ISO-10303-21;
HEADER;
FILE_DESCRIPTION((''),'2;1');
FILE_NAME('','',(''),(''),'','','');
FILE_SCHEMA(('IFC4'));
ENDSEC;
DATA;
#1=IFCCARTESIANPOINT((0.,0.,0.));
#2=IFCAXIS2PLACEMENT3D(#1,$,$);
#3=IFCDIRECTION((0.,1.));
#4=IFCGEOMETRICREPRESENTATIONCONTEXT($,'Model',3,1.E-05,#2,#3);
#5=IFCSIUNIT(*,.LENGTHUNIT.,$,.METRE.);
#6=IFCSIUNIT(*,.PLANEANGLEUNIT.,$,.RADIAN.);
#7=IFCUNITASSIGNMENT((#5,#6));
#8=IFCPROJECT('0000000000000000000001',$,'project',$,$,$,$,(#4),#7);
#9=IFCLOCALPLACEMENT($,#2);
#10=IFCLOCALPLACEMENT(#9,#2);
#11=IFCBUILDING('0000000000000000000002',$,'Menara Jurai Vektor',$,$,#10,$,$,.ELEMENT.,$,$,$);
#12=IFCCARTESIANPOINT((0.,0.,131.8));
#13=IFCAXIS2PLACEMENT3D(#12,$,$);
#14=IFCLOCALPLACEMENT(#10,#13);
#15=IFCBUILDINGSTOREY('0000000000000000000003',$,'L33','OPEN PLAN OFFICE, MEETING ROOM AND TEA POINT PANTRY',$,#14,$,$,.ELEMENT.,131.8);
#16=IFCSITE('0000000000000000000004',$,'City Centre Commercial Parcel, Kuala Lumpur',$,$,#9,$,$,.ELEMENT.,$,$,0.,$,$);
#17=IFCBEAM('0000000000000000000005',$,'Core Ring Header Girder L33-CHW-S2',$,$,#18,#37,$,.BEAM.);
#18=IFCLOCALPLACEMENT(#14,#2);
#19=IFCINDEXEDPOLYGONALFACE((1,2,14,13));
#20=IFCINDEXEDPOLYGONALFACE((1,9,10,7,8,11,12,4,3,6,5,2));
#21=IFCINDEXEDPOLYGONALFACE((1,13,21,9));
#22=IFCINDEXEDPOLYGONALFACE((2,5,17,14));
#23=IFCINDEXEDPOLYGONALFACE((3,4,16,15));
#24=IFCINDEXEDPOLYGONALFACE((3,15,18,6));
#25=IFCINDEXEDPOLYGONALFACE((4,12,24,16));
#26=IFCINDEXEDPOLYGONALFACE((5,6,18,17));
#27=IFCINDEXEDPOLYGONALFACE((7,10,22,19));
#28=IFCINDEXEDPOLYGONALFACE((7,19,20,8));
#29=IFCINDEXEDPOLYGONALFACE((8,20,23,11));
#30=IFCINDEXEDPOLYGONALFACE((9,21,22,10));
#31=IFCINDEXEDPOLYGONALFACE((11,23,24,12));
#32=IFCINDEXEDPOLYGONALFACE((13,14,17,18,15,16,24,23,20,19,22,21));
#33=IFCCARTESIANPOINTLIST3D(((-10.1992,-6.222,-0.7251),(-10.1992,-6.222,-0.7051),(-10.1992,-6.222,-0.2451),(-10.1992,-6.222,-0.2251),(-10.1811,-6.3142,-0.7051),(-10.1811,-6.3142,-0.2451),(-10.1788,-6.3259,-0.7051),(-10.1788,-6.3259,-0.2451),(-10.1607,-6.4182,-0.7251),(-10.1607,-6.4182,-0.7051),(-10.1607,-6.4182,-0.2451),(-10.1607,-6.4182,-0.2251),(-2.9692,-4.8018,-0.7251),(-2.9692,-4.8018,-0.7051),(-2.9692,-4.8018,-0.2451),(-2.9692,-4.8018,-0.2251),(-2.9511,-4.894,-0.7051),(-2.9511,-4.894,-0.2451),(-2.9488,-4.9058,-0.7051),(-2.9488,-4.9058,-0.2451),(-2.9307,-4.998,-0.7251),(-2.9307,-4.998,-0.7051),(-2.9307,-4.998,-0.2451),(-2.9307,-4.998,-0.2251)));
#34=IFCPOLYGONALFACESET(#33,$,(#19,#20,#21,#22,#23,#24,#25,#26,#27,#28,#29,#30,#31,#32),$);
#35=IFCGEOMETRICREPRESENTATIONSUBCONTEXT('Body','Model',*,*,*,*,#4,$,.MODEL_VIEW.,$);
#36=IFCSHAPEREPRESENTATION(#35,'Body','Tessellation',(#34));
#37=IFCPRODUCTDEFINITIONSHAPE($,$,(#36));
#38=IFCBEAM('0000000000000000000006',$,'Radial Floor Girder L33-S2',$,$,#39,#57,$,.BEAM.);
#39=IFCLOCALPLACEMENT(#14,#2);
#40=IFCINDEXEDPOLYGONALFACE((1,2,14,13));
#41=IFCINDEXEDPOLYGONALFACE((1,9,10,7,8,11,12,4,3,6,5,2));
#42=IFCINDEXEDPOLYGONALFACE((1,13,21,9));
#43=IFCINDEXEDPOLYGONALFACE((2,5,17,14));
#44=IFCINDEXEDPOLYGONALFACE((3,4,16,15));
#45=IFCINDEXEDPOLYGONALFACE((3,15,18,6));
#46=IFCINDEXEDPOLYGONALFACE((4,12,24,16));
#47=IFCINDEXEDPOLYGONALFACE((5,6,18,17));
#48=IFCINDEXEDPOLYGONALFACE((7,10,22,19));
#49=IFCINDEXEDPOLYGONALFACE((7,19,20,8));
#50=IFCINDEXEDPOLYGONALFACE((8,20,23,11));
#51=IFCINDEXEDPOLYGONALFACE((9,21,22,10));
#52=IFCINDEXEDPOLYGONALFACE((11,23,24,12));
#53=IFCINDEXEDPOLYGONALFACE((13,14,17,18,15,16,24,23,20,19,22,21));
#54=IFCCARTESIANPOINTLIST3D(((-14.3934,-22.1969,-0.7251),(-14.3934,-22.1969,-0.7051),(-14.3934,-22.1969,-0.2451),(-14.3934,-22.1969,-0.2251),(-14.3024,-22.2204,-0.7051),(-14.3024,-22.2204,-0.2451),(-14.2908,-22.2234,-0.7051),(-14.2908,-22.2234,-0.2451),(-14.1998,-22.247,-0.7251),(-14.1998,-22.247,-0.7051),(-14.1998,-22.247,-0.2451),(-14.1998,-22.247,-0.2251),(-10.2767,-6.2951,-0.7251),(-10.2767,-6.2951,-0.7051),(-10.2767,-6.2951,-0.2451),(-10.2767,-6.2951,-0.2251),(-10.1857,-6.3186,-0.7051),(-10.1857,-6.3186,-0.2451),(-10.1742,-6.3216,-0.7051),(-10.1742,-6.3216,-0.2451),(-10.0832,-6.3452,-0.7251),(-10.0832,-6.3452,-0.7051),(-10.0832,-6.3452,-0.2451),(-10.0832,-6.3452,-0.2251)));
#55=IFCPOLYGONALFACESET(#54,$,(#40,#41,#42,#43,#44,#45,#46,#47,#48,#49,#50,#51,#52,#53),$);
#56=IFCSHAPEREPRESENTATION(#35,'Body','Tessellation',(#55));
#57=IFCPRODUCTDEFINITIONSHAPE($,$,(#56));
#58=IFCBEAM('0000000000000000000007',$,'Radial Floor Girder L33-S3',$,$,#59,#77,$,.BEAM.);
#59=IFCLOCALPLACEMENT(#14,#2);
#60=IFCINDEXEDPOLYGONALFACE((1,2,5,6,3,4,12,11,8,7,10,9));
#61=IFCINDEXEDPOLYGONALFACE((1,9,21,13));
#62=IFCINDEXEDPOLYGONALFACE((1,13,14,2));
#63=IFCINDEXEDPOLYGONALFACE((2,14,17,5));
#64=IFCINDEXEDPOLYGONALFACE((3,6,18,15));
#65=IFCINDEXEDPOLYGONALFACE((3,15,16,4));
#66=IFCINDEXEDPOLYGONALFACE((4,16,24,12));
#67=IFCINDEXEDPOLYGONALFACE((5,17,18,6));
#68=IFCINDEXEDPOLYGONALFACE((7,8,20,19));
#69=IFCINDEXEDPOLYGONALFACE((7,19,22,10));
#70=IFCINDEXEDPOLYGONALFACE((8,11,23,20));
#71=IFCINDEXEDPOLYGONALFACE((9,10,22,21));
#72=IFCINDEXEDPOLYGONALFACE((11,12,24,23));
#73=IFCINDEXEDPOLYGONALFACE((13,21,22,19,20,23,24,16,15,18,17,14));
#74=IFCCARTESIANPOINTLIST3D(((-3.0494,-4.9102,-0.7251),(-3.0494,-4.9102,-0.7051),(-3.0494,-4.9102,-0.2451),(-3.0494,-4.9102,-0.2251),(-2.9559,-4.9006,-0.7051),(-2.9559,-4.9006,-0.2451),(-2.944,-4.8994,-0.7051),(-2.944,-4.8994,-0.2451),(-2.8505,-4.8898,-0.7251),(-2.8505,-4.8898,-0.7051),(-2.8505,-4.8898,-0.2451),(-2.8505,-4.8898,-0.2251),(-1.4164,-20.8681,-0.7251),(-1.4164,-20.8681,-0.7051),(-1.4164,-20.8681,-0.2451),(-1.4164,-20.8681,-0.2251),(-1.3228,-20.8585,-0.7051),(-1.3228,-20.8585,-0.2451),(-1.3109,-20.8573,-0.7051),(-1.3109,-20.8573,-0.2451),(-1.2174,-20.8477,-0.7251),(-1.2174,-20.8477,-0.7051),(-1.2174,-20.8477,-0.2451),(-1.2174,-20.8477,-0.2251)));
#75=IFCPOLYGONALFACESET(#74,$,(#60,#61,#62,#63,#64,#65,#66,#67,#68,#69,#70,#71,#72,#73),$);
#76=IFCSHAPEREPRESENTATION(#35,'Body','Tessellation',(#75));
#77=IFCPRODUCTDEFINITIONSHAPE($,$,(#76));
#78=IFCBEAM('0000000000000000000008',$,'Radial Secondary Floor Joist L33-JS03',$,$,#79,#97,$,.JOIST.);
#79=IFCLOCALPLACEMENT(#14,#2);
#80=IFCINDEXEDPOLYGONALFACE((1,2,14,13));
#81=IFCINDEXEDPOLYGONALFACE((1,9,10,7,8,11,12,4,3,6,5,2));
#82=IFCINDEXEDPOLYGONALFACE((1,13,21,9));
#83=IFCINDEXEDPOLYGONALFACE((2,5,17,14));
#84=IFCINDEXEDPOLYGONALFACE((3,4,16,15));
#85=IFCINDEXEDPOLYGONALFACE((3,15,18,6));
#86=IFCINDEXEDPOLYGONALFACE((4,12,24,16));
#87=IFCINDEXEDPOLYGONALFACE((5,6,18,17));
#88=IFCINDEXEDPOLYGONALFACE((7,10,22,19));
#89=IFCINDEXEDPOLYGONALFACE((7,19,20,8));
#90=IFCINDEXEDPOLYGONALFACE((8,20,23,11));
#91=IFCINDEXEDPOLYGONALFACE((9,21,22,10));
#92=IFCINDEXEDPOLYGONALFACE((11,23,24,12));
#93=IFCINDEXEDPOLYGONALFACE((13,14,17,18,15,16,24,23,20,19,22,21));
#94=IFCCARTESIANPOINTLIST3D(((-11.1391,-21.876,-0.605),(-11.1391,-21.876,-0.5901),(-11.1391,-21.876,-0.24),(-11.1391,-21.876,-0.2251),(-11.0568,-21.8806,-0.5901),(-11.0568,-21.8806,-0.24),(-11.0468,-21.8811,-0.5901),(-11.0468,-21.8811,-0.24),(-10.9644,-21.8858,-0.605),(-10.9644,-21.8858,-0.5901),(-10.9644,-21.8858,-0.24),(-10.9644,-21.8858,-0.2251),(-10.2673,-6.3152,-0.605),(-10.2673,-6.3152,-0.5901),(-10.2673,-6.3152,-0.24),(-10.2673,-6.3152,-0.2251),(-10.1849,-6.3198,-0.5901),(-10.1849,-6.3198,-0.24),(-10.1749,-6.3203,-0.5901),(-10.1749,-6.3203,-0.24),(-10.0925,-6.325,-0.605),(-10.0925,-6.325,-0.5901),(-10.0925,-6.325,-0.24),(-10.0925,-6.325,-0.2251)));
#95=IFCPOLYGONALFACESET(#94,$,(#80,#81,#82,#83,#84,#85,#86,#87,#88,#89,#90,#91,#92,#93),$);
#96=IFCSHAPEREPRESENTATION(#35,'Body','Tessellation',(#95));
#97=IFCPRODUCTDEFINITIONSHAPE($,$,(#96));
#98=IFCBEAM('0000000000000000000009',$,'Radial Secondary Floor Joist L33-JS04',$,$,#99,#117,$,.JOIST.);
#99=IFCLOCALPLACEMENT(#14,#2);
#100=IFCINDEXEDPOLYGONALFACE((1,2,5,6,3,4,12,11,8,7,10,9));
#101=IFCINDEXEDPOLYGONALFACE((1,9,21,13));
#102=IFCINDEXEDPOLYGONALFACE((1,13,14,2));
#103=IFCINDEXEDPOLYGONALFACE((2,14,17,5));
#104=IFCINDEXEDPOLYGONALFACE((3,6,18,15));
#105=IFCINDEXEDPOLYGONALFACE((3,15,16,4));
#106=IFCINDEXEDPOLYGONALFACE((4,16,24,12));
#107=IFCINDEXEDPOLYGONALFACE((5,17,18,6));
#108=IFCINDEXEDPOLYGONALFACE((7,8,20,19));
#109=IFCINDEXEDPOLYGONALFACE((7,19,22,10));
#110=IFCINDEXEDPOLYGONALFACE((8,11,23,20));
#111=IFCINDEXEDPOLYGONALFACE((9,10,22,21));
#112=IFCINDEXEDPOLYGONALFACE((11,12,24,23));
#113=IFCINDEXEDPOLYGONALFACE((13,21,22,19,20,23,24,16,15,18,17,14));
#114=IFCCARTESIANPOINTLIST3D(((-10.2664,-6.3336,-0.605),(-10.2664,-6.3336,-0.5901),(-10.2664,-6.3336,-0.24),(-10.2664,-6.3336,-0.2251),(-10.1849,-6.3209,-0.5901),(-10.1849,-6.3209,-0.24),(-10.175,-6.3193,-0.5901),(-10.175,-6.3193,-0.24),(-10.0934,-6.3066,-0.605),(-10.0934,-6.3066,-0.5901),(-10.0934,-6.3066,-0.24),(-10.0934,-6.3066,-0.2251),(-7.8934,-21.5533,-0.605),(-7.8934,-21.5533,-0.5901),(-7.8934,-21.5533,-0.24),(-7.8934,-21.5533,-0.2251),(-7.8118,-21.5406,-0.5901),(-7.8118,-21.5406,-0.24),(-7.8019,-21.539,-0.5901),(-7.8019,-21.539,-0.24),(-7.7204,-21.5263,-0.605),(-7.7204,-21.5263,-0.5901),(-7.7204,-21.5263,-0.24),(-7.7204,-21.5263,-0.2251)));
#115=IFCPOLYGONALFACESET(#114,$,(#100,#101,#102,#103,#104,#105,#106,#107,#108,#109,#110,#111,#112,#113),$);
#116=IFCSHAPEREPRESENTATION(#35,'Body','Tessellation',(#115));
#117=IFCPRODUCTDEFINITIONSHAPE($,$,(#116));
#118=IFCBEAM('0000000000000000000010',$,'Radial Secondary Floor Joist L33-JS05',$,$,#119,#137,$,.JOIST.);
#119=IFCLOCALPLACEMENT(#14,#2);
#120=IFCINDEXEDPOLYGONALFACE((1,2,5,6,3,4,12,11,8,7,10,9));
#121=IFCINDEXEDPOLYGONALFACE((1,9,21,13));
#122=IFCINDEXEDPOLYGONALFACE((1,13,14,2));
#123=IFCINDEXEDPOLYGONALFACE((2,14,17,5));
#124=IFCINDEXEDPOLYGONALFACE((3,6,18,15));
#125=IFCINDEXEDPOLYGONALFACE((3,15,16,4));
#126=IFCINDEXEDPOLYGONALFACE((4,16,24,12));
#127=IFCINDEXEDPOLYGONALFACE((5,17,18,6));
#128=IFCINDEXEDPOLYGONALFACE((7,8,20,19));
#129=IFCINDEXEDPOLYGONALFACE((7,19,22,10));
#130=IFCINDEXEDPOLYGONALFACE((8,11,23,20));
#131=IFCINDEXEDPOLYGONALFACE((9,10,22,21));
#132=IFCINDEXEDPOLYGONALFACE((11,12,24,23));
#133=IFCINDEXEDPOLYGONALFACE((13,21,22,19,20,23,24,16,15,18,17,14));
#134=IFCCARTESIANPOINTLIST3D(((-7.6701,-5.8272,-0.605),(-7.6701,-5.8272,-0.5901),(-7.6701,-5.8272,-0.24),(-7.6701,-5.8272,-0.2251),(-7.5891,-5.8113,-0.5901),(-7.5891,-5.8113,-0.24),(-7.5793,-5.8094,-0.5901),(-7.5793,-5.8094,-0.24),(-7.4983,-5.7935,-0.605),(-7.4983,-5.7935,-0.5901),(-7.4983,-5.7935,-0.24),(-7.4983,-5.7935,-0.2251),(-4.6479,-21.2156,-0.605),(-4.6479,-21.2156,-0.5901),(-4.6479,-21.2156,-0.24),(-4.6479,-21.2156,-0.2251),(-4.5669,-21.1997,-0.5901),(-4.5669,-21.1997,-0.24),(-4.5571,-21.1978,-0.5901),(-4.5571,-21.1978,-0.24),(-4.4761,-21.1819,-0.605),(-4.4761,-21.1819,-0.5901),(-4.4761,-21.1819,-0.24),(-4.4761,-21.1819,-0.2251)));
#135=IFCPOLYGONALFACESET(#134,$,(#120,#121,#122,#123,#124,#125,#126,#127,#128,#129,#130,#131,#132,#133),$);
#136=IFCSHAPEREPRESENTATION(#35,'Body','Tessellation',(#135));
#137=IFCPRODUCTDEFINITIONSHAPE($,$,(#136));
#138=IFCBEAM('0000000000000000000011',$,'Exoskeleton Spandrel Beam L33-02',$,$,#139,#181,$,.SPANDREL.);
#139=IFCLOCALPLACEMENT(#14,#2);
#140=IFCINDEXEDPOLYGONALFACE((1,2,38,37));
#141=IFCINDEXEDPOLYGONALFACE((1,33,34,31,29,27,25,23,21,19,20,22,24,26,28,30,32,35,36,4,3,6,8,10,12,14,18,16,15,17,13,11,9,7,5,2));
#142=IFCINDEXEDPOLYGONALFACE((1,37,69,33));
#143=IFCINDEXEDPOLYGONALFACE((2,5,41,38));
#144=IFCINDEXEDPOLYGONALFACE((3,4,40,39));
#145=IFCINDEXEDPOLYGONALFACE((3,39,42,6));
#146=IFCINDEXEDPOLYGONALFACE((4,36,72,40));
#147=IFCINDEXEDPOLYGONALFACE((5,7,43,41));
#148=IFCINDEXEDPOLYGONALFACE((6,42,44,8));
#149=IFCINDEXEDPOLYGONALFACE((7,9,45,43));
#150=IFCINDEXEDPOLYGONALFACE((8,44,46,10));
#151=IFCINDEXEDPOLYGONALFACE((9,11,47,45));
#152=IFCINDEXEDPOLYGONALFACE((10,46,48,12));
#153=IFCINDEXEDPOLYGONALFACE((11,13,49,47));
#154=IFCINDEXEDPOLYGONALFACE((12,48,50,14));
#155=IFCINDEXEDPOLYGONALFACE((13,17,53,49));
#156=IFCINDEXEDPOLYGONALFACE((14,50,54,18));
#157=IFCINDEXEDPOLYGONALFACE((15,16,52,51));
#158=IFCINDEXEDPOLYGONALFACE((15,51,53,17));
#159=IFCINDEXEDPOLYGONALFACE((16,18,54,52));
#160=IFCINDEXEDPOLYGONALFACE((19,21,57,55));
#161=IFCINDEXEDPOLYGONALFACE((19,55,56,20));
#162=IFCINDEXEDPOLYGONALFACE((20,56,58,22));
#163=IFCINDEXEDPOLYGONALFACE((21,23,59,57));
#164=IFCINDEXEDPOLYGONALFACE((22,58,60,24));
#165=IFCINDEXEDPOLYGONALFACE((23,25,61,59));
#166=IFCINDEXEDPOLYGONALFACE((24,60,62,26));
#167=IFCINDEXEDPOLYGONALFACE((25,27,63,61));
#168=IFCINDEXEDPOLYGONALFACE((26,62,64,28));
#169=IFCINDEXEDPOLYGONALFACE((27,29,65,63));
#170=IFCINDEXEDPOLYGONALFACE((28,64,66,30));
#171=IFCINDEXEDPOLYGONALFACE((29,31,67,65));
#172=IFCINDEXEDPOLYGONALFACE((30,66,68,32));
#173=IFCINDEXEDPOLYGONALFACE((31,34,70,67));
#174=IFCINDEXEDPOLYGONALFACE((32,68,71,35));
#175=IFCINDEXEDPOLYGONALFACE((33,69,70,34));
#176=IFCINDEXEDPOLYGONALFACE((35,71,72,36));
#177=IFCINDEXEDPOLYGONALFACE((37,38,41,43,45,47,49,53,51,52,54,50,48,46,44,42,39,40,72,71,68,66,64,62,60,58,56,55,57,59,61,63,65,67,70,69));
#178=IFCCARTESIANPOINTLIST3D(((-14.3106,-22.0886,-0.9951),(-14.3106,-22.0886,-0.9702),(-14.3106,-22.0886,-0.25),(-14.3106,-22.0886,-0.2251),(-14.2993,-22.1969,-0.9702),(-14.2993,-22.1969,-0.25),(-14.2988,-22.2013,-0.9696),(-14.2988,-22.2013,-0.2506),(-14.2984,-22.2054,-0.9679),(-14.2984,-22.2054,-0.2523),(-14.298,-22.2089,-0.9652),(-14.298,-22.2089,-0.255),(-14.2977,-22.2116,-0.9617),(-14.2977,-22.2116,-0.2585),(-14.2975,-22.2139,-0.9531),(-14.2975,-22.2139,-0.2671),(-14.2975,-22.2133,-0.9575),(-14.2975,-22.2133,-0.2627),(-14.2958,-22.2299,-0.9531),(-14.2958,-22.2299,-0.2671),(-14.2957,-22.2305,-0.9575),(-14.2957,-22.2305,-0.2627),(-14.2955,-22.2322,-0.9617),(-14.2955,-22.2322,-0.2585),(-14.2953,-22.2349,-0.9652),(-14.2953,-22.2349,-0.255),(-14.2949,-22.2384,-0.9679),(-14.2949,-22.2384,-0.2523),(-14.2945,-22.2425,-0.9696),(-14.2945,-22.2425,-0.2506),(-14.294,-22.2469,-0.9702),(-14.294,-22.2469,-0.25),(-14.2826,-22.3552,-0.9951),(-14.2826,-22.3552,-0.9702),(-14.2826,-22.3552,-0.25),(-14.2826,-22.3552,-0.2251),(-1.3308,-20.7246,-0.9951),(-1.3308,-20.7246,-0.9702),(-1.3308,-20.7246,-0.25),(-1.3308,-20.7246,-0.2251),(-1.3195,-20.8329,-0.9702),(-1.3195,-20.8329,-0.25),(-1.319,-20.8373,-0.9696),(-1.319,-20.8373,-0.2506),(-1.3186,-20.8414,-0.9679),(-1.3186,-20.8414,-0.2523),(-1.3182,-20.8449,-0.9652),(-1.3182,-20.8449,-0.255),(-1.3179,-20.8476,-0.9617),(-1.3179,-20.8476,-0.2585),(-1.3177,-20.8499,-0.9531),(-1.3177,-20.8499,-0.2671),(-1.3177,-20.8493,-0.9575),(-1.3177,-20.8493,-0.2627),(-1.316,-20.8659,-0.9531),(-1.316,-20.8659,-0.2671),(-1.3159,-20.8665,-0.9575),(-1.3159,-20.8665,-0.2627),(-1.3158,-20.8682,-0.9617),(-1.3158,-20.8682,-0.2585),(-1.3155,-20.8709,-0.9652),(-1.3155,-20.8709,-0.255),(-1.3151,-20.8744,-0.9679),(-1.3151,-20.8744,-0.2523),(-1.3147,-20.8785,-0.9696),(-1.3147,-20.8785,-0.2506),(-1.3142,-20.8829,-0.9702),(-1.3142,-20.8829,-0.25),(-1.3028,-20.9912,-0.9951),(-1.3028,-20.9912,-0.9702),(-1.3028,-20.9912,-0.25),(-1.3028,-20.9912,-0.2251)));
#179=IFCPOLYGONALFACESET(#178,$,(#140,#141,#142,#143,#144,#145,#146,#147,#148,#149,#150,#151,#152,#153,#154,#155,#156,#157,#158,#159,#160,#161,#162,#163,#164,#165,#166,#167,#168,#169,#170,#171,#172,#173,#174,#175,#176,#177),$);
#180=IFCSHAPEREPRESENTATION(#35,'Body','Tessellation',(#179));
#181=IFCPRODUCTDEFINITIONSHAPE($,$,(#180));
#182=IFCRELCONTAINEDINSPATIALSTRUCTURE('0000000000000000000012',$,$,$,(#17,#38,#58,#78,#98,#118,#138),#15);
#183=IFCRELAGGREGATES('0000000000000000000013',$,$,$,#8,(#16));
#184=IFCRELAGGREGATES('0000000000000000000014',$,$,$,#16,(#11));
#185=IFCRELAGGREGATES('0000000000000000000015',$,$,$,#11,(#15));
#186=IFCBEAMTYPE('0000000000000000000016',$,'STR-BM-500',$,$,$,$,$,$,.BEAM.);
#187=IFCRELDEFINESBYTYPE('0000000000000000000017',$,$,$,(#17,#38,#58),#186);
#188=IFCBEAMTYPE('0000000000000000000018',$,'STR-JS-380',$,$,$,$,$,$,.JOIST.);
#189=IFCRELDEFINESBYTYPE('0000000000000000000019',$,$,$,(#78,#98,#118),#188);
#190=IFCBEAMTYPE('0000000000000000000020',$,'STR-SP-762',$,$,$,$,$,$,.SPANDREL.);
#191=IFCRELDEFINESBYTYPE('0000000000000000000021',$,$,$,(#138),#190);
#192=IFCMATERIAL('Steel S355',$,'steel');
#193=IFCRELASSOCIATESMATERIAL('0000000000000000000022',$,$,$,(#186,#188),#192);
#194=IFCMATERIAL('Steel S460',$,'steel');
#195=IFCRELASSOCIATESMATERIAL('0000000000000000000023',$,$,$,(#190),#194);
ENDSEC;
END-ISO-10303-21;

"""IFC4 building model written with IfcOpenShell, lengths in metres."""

from ifc_helpers import new_model, si_unit, direction, frame, origin, origin_2d, place, context, subcontext, project, spatial, i_section, extrude, material, material_profile, profile_set, type_object, element, save


model = new_model("IFC4")

# Units and contexts
model_context = context("Model", 3, precision=1e-05, world=origin(), true_north=direction((0.0, 1.0)))
body_context = subcontext(model_context, "Body", "Model", "MODEL_VIEW")
ifc_project = project(units=[si_unit("LENGTHUNIT", "METRE"), si_unit("PLANEANGLEUNIT", "RADIAN")], contexts=[model_context])

# Site, building, storey
site_placement = place(None, origin())
site = spatial("IfcSite", under=ifc_project, at=site_placement, Name="City Centre Commercial Parcel, Kuala Lumpur", CompositionType="ELEMENT", RefElevation=0.0)
building_placement = place(site_placement, origin())
building = spatial("IfcBuilding", under=site, at=building_placement, Name="Menara Jurai Vektor", CompositionType="ELEMENT")
storey_placement = place(building_placement, frame((0.0, 0.0, 131.8)))
storey = spatial("IfcBuildingStorey", under=building, at=storey_placement, Name="L33", Description="OPEN PLAN OFFICE, MEETING ROOM AND TEA POINT PANTRY", CompositionType="ELEMENT", Elevation=131.8)

# Shared definitions
ifc_material_1 = material(Name="Steel S460", Category="steel")

# Beams
ifc_material_2 = material(Name="Steel S355", Category="steel")
ifc_material_profile_1 = material_profile(ifc_material_2, i_section(OverallWidth=0.2, OverallDepth=0.5, WebThickness=0.012, FlangeThickness=0.02, at=origin_2d()), Name="PG 500x200x96")
ifc_profile_set_1 = profile_set([ifc_material_profile_1], Name="Steel S355")
beam_type_1 = type_object("IfcBeamType", Name="STR-BM-500", PredefinedType="BEAM", material=ifc_profile_set_1)
beam_1_placement = place(storey_placement, frame((-10.1799, -6.3201, -0.4751), z_axis=(0.981249, 0.192744, 0.0), x_axis=(-0.192744, 0.981249, 0.0)))
element("IfcBeam", 1, at=beam_1_placement, inside=storey, type_object=beam_type_1, Name="Core Ring Header Girder L33-CHW-S2", PredefinedType="BEAM", context=body_context, shape_type="SweptSolid", body=[
    extrude(i_section(OverallWidth=0.2, OverallDepth=0.5, WebThickness=0.012, FlangeThickness=0.02, at=origin_2d()), origin(), (0.0, 0.0, 1.0), 7.3682),
])
beam_2_placement = place(storey_placement, frame((-14.2966, -22.2219, -0.4751), z_axis=(0.25062, 0.968086, 0.0), x_axis=(-0.968086, 0.25062, 0.0)))
element("IfcBeam", 2, at=beam_2_placement, inside=storey, type_object=beam_type_1, Name="Radial Floor Girder L33-S2", PredefinedType="BEAM", context=body_context, shape_type="SweptSolid", body=[
    extrude(i_section(OverallWidth=0.2, OverallDepth=0.5, WebThickness=0.012, FlangeThickness=0.02, at=origin_2d()), origin(), (0.0, 0.0, 1.0), 16.426),
])
beam_3_placement = place(storey_placement, frame((-1.3169, -20.8579, -0.4751), z_axis=(-0.101803, 0.994805, 0.0), x_axis=(-0.994805, -0.101803, 0.0)))
element("IfcBeam", 3, at=beam_3_placement, inside=storey, type_object=beam_type_1, Name="Radial Floor Girder L33-S3", PredefinedType="BEAM", context=body_context, shape_type="SweptSolid", body=[
    extrude(i_section(OverallWidth=0.2, OverallDepth=0.5, WebThickness=0.012, FlangeThickness=0.02, at=origin_2d()), origin(), (0.0, 0.0, 1.0), 16.0413),
])
ifc_material_profile_2 = material_profile(ifc_material_2, i_section(OverallWidth=0.175, OverallDepth=0.3799, WebThickness=0.01, FlangeThickness=0.0149, at=origin_2d()), Name="PG 380x175x58")
ifc_profile_set_2 = profile_set([ifc_material_profile_2], Name="Steel S355")
beam_type_2 = type_object("IfcBeamType", Name="STR-JS-380", PredefinedType="JOIST", material=ifc_profile_set_2)
beam_4_placement = place(storey_placement, frame((-11.0518, -21.8809, -0.415), z_axis=(0.055939, 0.998434, 0.0), x_axis=(-0.998434, 0.055939, 0.0)))
element("IfcBeam", 4, at=beam_4_placement, inside=storey, type_object=beam_type_2, Name="Radial Secondary Floor Joist L33-JS03", PredefinedType="JOIST", context=body_context, shape_type="SweptSolid", body=[
    extrude(i_section(OverallWidth=0.175, OverallDepth=0.3799, WebThickness=0.01, FlangeThickness=0.0149, at=origin_2d()), origin(), (0.0, 0.0, 1.0), 15.5852),
])
beam_5_placement = place(storey_placement, frame((-7.8069, -21.5398, -0.415), z_axis=(-0.154058, 0.988062, 0.0), x_axis=(-0.988062, -0.154058, 0.0)))
element("IfcBeam", 5, at=beam_5_placement, inside=storey, type_object=beam_type_2, Name="Radial Secondary Floor Joist L33-JS04", PredefinedType="JOIST", context=body_context, shape_type="SweptSolid", body=[
    extrude(i_section(OverallWidth=0.175, OverallDepth=0.3799, WebThickness=0.01, FlangeThickness=0.0149, at=origin_2d()), origin(), (0.0, 0.0, 1.0), 15.4036),
])
beam_6_placement = place(storey_placement, frame((-4.562, -21.1987, -0.415), z_axis=(-0.192714, 0.981255, 0.0), x_axis=(-0.981255, -0.192714, 0.0)))
element("IfcBeam", 6, at=beam_6_placement, inside=storey, type_object=beam_type_2, Name="Radial Secondary Floor Joist L33-JS05", PredefinedType="JOIST", context=body_context, shape_type="SweptSolid", body=[
    extrude(i_section(OverallWidth=0.175, OverallDepth=0.3799, WebThickness=0.01, FlangeThickness=0.0149, at=origin_2d()), origin(), (0.0, 0.0, 1.0), 15.6824),
])
ifc_material_profile_3 = material_profile(ifc_material_1, i_section(OverallWidth=0.2681, OverallDepth=0.77, WebThickness=0.0161, FlangeThickness=0.0249, FilletRadius=0.0171, at=origin_2d()), Name="UKB 762x267x197")
ifc_profile_set_3 = profile_set([ifc_material_profile_3], Name="Steel S460")
beam_type_3 = type_object("IfcBeamType", Name="STR-SP-762", PredefinedType="SPANDREL", material=ifc_profile_set_3)
beam_7_placement = place(storey_placement, frame((-14.2966, -22.2219, -0.6101), z_axis=(0.994524, 0.104512, 0.0), x_axis=(-0.104512, 0.994524, 0.0)))
element("IfcBeam", 7, at=beam_7_placement, inside=storey, type_object=beam_type_3, Name="Exoskeleton Spandrel Beam L33-02", PredefinedType="SPANDREL", context=body_context, shape_type="SweptSolid", body=[
    extrude(i_section(OverallWidth=0.2681, OverallDepth=0.77, WebThickness=0.0161, FlangeThickness=0.0249, FilletRadius=0.0171, at=origin_2d()), origin(), (0.0, 0.0, 1.0), 13.0513),
])

save(model, "model.ifc")
